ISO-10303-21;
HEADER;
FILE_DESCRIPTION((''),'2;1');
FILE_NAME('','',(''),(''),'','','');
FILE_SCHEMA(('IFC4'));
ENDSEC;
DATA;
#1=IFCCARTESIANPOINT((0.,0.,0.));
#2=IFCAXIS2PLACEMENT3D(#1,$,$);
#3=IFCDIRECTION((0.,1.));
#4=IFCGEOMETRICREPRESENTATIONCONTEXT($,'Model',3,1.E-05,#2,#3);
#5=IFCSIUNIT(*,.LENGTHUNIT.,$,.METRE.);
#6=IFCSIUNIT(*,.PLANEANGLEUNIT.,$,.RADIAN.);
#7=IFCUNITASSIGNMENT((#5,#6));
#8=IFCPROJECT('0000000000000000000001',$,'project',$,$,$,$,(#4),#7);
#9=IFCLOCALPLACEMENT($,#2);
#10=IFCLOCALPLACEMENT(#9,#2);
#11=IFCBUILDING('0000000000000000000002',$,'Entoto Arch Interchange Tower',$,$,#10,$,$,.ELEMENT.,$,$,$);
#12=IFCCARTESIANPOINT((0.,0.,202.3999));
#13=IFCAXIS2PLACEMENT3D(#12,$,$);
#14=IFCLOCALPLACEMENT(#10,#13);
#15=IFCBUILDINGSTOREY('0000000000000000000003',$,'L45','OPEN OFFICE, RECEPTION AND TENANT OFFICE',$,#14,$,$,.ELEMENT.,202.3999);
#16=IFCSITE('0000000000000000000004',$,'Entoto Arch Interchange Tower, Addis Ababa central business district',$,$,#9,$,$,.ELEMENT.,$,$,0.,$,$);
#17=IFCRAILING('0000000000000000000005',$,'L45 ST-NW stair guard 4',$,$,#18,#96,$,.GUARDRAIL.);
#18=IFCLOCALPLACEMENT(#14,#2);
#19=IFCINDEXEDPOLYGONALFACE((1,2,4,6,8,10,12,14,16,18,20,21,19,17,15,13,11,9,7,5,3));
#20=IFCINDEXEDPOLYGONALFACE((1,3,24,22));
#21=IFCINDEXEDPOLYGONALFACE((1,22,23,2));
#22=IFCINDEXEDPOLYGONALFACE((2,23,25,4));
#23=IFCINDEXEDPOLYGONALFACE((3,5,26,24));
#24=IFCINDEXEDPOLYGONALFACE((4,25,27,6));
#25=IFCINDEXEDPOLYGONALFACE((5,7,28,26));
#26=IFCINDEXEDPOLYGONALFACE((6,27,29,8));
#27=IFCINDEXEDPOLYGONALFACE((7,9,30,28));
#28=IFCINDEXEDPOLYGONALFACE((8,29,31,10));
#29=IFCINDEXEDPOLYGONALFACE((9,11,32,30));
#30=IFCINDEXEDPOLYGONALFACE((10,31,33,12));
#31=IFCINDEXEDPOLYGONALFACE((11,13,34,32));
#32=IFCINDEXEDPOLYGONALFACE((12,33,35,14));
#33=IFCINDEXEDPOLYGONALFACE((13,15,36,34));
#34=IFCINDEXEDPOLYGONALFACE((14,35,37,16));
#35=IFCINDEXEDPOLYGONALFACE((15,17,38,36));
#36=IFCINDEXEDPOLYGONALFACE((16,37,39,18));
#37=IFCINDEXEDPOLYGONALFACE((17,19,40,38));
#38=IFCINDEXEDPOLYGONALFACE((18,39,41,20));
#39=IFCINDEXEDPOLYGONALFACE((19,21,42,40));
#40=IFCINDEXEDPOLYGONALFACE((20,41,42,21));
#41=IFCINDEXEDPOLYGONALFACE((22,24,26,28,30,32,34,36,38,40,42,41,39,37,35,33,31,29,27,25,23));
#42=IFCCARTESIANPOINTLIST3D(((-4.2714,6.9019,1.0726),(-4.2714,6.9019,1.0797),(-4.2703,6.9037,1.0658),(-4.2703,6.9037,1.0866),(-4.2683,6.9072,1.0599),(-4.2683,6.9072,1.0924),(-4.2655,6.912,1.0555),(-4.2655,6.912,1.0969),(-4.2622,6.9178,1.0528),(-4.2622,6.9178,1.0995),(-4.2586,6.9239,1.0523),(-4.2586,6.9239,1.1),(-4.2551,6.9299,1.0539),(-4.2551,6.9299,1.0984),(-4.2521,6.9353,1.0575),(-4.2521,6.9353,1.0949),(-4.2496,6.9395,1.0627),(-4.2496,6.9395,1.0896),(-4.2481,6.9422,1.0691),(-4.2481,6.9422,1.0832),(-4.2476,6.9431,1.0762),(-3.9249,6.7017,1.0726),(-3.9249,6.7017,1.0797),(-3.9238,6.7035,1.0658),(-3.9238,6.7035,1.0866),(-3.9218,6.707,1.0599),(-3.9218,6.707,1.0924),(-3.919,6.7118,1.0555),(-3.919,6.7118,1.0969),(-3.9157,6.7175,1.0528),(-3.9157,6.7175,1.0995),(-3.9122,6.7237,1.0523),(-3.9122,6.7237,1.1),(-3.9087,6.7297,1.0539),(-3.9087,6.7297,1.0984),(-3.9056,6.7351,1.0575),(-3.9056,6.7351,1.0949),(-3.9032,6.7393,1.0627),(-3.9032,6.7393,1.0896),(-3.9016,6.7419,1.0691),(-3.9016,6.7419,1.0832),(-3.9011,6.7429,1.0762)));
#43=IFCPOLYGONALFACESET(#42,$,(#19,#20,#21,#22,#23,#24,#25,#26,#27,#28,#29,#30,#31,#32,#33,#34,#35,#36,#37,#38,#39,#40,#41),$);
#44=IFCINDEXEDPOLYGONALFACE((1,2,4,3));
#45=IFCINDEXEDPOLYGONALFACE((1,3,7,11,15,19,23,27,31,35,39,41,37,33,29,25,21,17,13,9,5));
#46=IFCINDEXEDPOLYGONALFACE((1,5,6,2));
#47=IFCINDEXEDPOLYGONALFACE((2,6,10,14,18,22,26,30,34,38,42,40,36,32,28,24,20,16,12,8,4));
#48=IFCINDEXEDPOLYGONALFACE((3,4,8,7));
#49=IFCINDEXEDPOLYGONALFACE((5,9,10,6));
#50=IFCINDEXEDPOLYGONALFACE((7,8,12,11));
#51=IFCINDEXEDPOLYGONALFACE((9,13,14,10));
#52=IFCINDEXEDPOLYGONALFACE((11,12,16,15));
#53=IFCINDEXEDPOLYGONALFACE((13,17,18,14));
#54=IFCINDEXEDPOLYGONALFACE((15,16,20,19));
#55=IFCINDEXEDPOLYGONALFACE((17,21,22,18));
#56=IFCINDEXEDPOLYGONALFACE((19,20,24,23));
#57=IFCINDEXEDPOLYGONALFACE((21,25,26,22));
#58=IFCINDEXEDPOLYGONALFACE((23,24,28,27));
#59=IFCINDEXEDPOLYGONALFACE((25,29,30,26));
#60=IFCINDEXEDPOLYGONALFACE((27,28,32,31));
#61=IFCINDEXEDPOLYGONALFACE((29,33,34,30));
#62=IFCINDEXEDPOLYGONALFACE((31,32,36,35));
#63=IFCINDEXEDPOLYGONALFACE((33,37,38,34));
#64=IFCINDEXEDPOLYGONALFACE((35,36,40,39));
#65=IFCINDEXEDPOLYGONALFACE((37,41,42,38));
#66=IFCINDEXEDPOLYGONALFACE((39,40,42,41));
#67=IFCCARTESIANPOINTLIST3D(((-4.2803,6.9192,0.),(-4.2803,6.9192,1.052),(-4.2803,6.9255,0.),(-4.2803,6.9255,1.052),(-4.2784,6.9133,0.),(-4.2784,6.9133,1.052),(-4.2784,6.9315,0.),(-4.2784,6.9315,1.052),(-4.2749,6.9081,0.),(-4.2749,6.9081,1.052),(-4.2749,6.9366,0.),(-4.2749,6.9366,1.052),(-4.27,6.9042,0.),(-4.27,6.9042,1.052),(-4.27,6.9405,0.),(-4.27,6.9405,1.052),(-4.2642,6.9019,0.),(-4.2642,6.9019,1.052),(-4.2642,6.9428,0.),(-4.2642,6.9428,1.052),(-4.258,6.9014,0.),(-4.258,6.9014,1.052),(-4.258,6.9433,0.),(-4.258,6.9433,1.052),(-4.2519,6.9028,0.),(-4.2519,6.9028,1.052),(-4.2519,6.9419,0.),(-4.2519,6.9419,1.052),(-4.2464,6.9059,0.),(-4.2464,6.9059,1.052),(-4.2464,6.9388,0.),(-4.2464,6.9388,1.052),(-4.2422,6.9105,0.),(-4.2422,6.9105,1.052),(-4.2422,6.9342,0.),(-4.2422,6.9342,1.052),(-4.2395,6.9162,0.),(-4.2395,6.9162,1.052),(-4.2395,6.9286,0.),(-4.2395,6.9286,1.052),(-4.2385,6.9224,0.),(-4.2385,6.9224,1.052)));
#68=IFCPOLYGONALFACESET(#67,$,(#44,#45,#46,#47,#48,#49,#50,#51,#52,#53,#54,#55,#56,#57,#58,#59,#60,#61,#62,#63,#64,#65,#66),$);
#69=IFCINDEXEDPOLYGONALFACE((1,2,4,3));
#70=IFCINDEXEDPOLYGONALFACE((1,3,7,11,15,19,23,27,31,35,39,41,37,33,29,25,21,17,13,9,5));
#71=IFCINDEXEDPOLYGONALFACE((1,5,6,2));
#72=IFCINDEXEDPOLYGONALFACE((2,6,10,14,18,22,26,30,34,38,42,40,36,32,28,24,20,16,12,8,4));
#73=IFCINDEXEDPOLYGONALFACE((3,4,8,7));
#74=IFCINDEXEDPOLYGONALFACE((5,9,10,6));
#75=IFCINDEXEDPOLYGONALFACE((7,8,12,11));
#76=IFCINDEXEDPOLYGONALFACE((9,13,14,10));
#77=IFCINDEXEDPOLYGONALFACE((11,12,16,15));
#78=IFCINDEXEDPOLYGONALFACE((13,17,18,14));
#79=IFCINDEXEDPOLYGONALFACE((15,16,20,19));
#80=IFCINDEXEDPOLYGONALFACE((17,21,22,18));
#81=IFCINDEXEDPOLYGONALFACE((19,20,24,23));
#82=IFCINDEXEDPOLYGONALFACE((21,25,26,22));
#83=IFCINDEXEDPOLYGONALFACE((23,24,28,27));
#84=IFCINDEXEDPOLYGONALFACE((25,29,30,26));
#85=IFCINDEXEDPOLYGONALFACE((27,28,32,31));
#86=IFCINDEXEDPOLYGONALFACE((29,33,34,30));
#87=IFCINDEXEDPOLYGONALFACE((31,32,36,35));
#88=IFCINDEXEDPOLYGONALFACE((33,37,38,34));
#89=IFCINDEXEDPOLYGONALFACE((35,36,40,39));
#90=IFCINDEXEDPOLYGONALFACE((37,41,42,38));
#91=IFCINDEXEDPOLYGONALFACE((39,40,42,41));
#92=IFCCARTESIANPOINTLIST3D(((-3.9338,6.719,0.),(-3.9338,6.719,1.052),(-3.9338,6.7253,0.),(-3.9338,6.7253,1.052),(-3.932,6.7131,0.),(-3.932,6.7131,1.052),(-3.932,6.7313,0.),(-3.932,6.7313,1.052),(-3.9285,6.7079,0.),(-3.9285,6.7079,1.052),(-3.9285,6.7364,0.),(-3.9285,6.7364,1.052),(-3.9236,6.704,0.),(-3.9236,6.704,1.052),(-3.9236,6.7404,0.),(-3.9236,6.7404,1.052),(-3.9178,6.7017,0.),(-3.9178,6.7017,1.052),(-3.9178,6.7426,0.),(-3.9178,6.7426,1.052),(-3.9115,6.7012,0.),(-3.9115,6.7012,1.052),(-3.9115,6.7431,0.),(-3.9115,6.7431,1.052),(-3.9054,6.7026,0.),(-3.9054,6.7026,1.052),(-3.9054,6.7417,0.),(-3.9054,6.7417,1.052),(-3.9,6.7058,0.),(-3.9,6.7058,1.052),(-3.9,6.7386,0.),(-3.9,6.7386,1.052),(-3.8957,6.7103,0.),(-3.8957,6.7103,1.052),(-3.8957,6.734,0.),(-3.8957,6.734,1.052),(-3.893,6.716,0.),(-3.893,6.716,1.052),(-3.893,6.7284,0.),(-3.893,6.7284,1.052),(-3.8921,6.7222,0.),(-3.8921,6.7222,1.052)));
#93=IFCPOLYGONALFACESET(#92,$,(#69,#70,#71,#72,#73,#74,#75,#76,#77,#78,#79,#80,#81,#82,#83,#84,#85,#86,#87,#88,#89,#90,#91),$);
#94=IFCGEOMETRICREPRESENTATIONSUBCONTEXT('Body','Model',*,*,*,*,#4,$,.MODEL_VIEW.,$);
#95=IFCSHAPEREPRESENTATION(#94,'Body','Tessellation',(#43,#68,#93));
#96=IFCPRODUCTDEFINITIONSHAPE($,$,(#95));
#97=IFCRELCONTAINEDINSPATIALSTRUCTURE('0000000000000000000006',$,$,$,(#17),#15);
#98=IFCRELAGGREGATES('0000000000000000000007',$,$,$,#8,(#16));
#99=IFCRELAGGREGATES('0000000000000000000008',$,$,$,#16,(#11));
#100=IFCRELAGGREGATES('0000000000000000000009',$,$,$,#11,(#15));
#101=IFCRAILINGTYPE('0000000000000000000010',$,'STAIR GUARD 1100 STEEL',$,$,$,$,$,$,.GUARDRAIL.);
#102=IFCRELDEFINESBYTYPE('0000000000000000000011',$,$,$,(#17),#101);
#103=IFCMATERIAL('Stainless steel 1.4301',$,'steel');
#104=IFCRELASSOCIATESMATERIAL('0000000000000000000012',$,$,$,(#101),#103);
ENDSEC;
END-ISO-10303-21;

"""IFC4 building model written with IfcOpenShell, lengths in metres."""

from ifc_helpers import new_model, si_unit, direction, frame, origin, origin_2d, place, context, subcontext, project, spatial, circle, extrude, material, type_object, element, save


model = new_model("IFC4")

# Units and contexts
model_context = context("Model", 3, precision=1e-05, world=origin(), true_north=direction((0.0, 1.0)))
body_context = subcontext(model_context, "Body", "Model", "MODEL_VIEW")
ifc_project = project(units=[si_unit("LENGTHUNIT", "METRE"), si_unit("PLANEANGLEUNIT", "RADIAN")], contexts=[model_context])

# Site, building, storey
site_placement = place(None, origin())
site = spatial("IfcSite", under=ifc_project, at=site_placement, Name="Entoto Arch Interchange Tower, Addis Ababa central business district", CompositionType="ELEMENT", RefElevation=0.0)
building_placement = place(site_placement, origin())
building = spatial("IfcBuilding", under=site, at=building_placement, Name="Entoto Arch Interchange Tower", CompositionType="ELEMENT")
storey_placement = place(building_placement, frame((0.0, 0.0, 202.3999)))
storey = spatial("IfcBuildingStorey", under=building, at=storey_placement, Name="L45", Description="OPEN OFFICE, RECEPTION AND TENANT OFFICE", CompositionType="ELEMENT", Elevation=202.3999)

# Railing
ifc_material_1 = material(Name="Stainless steel 1.4301", Category="steel")
railing_type_1 = type_object("IfcRailingType", Name="STAIR GUARD 1100 STEEL", PredefinedType="GUARDRAIL", material=ifc_material_1)
railing_1_placement = place(storey_placement, frame((-4.2595, 6.9224, 0.0)))
element("IfcRailing", 1, at=railing_1_placement, inside=storey, type_object=railing_type_1, Name="L45 ST-NW stair guard 4", PredefinedType="GUARDRAIL", context=body_context, shape_type="SweptSolid", body=[
    extrude(circle(Radius=0.0239, at=origin_2d()), frame((0.0, 0.0, 1.0762), z_axis=(0.86583, -0.500339, 0.0), x_axis=(0.500339, 0.86583, 0.0)), (0.0, 0.0, 1.0), 0.4001),
    extrude(circle(Radius=0.021, at=origin_2d()), origin(), (0.0, 0.0, 1.0), 1.052),
    extrude(circle(Radius=0.021, at=origin_2d()), frame((0.3464, -0.2002, 0.0)), (0.0, 0.0, 1.0), 1.052),
])

save(model, "model.ifc")
